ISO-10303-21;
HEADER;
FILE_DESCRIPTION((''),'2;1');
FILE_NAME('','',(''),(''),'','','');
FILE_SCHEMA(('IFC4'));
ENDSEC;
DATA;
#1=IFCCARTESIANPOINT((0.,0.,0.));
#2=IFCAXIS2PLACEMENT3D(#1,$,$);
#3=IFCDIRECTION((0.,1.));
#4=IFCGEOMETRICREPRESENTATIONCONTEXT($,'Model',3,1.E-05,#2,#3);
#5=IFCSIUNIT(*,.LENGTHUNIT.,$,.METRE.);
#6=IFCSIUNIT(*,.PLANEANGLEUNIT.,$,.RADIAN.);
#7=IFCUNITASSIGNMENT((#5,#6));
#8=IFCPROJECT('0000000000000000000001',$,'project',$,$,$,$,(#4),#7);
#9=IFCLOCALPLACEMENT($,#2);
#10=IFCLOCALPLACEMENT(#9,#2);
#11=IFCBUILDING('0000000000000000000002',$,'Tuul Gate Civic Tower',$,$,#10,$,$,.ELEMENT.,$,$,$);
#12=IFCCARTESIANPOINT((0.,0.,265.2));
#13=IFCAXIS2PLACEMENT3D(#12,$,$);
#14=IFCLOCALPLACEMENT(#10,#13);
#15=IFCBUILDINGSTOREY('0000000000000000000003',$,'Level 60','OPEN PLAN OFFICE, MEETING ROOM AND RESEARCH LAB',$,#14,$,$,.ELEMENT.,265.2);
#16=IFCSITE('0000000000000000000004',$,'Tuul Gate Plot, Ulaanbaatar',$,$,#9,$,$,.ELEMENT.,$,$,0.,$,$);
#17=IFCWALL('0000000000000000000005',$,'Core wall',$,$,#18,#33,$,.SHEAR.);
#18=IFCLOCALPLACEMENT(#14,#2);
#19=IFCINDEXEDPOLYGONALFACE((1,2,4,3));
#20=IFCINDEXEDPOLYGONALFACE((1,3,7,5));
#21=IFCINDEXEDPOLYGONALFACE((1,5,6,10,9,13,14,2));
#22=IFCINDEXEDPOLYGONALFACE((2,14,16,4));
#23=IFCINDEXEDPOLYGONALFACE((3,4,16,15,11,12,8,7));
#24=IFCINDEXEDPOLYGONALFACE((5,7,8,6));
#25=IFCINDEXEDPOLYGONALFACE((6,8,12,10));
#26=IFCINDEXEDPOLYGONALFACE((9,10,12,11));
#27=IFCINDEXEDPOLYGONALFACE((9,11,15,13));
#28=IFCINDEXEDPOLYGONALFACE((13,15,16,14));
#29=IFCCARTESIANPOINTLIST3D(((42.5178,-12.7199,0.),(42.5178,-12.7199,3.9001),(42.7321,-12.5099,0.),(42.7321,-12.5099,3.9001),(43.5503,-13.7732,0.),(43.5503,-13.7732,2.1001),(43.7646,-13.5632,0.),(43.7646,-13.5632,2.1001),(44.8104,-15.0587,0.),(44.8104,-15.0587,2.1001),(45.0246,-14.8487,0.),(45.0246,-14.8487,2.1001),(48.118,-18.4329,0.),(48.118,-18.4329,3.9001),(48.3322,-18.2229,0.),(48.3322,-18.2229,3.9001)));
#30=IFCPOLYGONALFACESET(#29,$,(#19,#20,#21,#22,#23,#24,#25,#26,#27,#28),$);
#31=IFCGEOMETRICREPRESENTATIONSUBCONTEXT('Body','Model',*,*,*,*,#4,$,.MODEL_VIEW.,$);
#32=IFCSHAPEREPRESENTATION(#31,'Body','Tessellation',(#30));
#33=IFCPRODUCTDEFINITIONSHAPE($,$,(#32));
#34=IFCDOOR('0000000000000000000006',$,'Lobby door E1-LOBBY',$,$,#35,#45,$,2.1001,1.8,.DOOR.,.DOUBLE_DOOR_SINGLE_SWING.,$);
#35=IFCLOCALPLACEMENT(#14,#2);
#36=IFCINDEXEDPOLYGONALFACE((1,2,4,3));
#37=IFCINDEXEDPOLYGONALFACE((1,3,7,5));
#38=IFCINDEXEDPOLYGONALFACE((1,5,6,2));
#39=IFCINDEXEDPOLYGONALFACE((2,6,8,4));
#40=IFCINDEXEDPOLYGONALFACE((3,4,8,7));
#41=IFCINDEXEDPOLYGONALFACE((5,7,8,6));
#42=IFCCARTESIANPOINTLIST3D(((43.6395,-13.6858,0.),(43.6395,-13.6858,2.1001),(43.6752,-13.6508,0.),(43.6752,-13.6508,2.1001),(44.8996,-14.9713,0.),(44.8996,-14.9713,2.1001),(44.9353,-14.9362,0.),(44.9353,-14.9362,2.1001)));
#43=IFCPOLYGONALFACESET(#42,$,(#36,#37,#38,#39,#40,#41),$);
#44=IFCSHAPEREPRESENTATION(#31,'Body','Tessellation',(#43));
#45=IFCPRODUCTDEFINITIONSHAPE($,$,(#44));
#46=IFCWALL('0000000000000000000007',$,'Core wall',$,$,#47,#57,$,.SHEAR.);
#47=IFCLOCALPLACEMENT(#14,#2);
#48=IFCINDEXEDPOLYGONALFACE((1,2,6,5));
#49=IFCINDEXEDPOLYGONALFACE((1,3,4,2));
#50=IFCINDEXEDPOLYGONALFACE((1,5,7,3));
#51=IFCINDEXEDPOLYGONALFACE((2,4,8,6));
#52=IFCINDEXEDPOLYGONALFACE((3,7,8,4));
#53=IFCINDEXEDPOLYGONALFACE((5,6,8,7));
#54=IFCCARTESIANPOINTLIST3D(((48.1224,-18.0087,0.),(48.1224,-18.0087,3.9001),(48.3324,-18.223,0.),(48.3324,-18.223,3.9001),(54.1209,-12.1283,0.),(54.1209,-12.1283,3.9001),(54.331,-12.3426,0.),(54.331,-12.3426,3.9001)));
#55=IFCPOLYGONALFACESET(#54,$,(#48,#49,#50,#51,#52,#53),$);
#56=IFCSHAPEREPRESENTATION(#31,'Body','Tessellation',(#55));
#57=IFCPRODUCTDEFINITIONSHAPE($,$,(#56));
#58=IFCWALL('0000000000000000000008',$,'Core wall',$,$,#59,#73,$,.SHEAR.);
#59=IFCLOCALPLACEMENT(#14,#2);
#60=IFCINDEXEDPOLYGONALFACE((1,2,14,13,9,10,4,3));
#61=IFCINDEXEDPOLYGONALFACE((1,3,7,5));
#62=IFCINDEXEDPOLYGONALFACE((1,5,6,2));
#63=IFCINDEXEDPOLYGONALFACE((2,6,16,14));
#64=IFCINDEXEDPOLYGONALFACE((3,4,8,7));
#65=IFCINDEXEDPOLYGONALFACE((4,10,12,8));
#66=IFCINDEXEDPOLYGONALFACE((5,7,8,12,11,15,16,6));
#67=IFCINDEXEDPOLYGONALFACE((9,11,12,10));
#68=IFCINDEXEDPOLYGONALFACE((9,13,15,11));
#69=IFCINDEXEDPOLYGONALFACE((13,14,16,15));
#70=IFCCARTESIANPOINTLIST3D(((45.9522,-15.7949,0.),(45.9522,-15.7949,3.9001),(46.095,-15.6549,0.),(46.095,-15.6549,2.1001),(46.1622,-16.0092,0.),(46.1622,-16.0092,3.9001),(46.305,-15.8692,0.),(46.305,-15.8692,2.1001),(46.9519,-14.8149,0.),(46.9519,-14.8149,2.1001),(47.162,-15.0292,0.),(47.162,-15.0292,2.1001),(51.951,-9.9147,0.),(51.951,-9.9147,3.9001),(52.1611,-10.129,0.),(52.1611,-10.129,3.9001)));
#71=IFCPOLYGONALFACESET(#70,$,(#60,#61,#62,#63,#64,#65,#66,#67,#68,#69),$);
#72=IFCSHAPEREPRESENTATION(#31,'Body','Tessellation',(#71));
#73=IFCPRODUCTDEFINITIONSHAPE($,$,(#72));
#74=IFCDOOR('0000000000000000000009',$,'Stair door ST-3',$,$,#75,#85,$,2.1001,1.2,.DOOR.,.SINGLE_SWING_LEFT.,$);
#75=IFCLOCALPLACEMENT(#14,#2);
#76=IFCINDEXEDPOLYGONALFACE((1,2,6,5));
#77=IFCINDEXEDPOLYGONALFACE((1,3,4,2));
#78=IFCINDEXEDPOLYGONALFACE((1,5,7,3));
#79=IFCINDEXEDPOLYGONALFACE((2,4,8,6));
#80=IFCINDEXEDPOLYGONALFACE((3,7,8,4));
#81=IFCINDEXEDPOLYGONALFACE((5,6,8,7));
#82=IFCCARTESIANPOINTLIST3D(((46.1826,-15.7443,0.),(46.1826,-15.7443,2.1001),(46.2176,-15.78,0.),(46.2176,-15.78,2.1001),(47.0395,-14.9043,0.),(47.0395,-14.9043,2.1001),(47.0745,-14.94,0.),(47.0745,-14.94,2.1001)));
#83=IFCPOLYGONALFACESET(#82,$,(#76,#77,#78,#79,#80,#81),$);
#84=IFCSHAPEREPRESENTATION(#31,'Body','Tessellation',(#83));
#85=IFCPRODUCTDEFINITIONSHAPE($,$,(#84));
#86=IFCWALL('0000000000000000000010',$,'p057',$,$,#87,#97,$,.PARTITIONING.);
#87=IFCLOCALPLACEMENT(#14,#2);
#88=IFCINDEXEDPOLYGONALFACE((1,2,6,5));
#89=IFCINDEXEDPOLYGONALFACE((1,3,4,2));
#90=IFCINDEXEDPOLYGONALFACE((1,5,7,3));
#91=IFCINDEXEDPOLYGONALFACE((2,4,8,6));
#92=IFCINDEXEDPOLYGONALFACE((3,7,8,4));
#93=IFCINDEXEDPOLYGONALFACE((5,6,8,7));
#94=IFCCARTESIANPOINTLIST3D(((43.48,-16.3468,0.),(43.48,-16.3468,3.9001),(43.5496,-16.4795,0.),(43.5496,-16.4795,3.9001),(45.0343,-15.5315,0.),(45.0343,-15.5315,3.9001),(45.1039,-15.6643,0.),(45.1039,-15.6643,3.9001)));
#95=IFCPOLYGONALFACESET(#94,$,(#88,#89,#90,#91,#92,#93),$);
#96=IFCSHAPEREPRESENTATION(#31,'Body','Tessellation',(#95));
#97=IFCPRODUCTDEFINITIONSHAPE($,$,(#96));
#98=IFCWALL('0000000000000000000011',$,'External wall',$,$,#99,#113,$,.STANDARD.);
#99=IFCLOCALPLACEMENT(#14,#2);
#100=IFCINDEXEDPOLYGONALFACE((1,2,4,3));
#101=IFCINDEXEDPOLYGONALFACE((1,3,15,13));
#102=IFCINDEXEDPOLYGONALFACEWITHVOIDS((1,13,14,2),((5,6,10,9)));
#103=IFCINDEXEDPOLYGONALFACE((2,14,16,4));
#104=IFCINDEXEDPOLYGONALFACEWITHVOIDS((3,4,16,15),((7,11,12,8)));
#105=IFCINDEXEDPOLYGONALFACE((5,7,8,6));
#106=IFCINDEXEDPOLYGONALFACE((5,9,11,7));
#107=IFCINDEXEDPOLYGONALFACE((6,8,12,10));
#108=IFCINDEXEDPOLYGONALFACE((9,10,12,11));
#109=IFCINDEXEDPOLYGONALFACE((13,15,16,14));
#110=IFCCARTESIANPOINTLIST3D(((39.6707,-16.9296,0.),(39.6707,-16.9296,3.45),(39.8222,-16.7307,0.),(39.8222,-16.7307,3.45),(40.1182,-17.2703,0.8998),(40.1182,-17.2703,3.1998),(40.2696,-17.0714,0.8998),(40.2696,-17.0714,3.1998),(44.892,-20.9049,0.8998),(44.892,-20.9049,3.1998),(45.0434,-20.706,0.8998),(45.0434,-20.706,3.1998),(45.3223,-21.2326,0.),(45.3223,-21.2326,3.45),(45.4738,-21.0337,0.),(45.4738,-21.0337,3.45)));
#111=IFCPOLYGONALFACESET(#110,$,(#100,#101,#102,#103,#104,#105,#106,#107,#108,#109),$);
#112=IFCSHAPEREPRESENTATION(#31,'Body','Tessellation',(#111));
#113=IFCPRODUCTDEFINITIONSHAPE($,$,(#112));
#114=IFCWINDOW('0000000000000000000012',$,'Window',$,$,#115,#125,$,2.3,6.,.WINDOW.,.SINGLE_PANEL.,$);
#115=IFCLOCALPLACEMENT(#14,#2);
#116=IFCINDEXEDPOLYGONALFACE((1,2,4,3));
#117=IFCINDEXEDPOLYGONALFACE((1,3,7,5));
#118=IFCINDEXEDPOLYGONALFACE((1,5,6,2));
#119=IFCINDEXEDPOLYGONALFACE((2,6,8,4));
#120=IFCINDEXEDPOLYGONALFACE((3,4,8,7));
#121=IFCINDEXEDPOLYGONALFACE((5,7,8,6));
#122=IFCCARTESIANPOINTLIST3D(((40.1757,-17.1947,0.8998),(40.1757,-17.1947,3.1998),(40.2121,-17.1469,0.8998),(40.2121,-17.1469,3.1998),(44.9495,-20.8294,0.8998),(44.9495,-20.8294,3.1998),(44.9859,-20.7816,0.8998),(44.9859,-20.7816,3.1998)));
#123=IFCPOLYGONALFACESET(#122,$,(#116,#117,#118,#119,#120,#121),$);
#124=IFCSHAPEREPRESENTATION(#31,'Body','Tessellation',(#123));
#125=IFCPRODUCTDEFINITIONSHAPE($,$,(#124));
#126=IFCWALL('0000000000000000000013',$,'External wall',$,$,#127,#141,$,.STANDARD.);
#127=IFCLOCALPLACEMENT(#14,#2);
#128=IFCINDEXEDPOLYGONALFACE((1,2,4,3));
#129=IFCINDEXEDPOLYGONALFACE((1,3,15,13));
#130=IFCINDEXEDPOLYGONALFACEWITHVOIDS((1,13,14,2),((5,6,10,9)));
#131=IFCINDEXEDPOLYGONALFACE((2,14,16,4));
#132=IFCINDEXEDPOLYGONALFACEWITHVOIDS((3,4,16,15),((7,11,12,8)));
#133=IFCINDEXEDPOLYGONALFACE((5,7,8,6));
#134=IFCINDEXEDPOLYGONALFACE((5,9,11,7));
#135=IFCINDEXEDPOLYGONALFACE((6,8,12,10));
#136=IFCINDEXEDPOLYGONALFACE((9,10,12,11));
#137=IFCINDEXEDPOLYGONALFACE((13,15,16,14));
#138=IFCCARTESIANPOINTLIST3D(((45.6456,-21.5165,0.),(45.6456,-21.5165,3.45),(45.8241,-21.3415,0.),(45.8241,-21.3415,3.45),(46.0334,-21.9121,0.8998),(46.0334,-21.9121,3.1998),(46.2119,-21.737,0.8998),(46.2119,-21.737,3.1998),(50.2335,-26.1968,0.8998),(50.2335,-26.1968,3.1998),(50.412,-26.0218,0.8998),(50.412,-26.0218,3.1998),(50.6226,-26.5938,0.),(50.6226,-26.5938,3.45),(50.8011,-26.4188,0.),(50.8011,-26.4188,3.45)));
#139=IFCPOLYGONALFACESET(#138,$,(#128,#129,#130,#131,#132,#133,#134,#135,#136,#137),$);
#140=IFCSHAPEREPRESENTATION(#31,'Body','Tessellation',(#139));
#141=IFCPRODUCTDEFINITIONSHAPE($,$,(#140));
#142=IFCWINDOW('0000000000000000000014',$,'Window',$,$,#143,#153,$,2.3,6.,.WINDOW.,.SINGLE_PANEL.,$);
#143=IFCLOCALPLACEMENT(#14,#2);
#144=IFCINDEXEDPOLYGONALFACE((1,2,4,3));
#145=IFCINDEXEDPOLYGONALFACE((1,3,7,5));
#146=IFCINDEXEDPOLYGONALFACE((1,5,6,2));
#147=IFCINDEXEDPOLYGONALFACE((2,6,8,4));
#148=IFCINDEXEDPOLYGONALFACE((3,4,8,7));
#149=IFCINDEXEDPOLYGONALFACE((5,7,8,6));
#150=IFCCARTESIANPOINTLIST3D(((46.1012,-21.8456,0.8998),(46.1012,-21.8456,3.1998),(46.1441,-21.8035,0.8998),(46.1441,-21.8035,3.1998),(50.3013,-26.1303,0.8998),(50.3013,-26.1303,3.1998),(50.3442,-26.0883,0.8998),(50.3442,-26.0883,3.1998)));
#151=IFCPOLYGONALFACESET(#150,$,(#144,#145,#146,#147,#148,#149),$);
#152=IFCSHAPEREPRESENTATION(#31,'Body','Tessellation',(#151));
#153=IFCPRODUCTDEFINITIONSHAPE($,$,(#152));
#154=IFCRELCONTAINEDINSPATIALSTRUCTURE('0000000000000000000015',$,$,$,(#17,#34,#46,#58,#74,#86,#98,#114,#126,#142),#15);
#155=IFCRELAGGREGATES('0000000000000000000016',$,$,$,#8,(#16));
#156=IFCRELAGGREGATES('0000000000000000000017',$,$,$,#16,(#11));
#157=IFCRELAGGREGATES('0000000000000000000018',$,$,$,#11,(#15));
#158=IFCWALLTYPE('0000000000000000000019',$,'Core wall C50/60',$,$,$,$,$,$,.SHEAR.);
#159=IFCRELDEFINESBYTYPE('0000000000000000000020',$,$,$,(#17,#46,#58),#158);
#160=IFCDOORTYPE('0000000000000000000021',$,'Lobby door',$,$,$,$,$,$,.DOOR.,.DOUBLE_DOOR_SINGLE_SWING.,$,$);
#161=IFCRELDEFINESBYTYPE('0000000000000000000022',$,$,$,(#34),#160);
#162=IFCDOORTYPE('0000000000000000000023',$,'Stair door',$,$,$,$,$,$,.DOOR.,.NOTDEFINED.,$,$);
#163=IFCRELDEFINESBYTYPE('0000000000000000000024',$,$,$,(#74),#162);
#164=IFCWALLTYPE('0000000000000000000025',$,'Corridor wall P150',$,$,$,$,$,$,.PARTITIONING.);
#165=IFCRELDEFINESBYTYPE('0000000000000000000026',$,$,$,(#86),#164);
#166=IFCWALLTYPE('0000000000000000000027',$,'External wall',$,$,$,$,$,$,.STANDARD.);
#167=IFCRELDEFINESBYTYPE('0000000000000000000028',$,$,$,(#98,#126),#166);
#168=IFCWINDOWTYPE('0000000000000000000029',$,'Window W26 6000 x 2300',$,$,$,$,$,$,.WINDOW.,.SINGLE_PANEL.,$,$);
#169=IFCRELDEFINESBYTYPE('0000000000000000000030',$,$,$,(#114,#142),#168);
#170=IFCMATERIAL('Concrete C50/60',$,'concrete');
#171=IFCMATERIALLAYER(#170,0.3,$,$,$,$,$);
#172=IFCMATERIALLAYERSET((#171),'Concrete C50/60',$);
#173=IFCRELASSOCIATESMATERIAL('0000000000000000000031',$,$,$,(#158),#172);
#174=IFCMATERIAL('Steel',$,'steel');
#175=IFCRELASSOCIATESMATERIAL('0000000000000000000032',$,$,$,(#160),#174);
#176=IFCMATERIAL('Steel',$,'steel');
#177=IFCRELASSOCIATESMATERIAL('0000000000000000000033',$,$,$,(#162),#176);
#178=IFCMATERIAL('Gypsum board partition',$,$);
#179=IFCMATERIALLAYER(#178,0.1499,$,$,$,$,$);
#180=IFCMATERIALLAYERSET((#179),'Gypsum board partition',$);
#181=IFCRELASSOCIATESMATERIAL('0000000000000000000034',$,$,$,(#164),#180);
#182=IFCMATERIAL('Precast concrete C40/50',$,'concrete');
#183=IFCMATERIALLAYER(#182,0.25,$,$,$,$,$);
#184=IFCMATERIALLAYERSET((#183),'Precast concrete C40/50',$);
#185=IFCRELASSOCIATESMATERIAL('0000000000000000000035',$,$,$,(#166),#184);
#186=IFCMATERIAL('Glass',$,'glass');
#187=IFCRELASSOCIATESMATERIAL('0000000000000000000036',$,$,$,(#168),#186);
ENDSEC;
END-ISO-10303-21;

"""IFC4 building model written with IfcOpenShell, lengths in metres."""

from ifc_helpers import new_model, si_unit, direction, frame, frame_2d, origin, place, context, subcontext, project, spatial, rectangle, extrude, material, layer, layer_set, type_object, element, fill, save


model = new_model("IFC4")

# Units and contexts
model_context = context("Model", 3, precision=1e-05, world=origin(), true_north=direction((0.0, 1.0)))
body_context = subcontext(model_context, "Body", "Model", "MODEL_VIEW")
ifc_project = project(units=[si_unit("LENGTHUNIT", "METRE"), si_unit("PLANEANGLEUNIT", "RADIAN")], contexts=[model_context])

# Site, building, storey
site_placement = place(None, origin())
site = spatial("IfcSite", under=ifc_project, at=site_placement, Name="Tuul Gate Plot, Ulaanbaatar", CompositionType="ELEMENT", RefElevation=0.0)
building_placement = place(site_placement, origin())
building = spatial("IfcBuilding", under=site, at=building_placement, Name="Tuul Gate Civic Tower", CompositionType="ELEMENT")
storey_placement = place(building_placement, frame((0.0, 0.0, 265.2)))
storey = spatial("IfcBuildingStorey", under=building, at=storey_placement, Name="Level 60", Description="OPEN PLAN OFFICE, MEETING ROOM AND RESEARCH LAB", CompositionType="ELEMENT", Elevation=265.2)

# Wall, opening, door
ifc_material_1 = material(Name="Concrete C50/60", Category="concrete")
ifc_layer_1 = layer(ifc_material_1, 0.3)
ifc_layer_set_1 = layer_set([ifc_layer_1], Name="Concrete C50/60")
wall_type_1 = type_object("IfcWallType", Name="Core wall C50/60", PredefinedType="SHEAR", material=ifc_layer_set_1)
wall_1_placement = place(storey_placement, frame((48.2251, -18.3279, 0.0), z_axis=(0.0, 0.0, 1.0), x_axis=(-0.700022, 0.714121, 0.0)))
wall_1 = element("IfcWall", 1, at=wall_1_placement, inside=storey, type_object=wall_type_1, Name="Core wall", PredefinedType="SHEAR", context=body_context, shape_type="SweptSolid", body=[
    extrude(rectangle(XDim=8.0, YDim=0.3, at=frame_2d((4.0, 0.0))), origin(), (0.0, 0.0, 1.0), 3.9001),
])
opening_1_placement = place(wall_1_placement, frame((4.7251, 0.0, 0.0)))
opening_1 = element("IfcOpeningElement", 2, at=opening_1_placement, cuts=wall_1, PredefinedType="OPENING", context=body_context, shape_type="SweptSolid", body=[
    extrude(rectangle(XDim=1.8, YDim=2.1001, at=frame_2d((0.8999, 1.05))), frame((0.0, 0.1602, 0.0), z_axis=(0.0, -1.0, 0.0), x_axis=(1.0, 0.0, 0.0)), (0.0, 0.0, 1.0), 0.3201),
])
ifc_material_2 = material(Name="Steel", Category="steel")
door_type_1 = type_object("IfcDoorType", Name="Lobby door", OperationType="DOUBLE_DOOR_SINGLE_SWING", PredefinedType="DOOR", material=ifc_material_2)
door_1_placement = place(opening_1_placement, frame((1.8, 0.0, 0.0), z_axis=(0.0, 0.0, 1.0), x_axis=(-1.0, 0.0, 0.0)))
door_1 = element("IfcDoor", 3, at=door_1_placement, inside=storey, type_object=door_type_1, Name="Lobby door E1-LOBBY", OperationType="DOUBLE_DOOR_SINGLE_SWING", OverallHeight=2.1001, OverallWidth=1.8, PredefinedType="DOOR", context=body_context, shape_type="SweptSolid", body=[
    extrude(rectangle(XDim=1.8, YDim=2.1001, at=frame_2d((0.9001, 1.05))), frame((0.0, 0.0249, 0.0), z_axis=(0.0, -1.0, 0.0), x_axis=(1.0, 0.0, 0.0)), (0.0, 0.0, 1.0), 0.05),
])
fill(opening_1, door_1)

# Wall
wall_2_placement = place(storey_placement, frame((48.2273, -18.116, 0.0), z_axis=(0.0, 0.0, 1.0), x_axis=(0.714105, 0.700038, 0.0)))
element("IfcWall", 4, at=wall_2_placement, inside=storey, type_object=wall_type_1, Name="Core wall", PredefinedType="SHEAR", context=body_context, shape_type="SweptSolid", body=[
    extrude(rectangle(XDim=8.4001, YDim=0.3, at=frame_2d((4.2002, 0.0))), origin(), (0.0, 0.0, 1.0), 3.9001),
])

# Wall, opening, door
wall_3_placement = place(storey_placement, frame((46.0571, -15.9021, 0.0), z_axis=(0.0, 0.0, 1.0), x_axis=(0.714134, 0.700009, 0.0)))
wall_3 = element("IfcWall", 5, at=wall_3_placement, inside=storey, type_object=wall_type_1, Name="Core wall", PredefinedType="SHEAR", context=body_context, shape_type="SweptSolid", body=[
    extrude(rectangle(XDim=8.4001, YDim=0.3, at=frame_2d((4.2002, 0.0))), origin(), (0.0, 0.0, 1.0), 3.9001),
])
opening_2_placement = place(wall_3_placement, frame((0.2, 0.0, 0.0)))
opening_2 = element("IfcOpeningElement", 6, at=opening_2_placement, cuts=wall_3, PredefinedType="OPENING", context=body_context, shape_type="SweptSolid", body=[
    extrude(rectangle(XDim=1.2, YDim=2.1001, at=frame_2d((0.6001, 1.05))), frame((0.0, 0.1602, 0.0), z_axis=(0.0, -1.0, 0.0), x_axis=(1.0, 0.0, 0.0)), (0.0, 0.0, 1.0), 0.3201),
])
ifc_material_3 = material(Name="Steel", Category="steel")
door_type_2 = type_object("IfcDoorType", Name="Stair door", OperationType="NOTDEFINED", PredefinedType="DOOR", material=ifc_material_3)
door_2_placement = place(opening_2_placement, origin())
door_2 = element("IfcDoor", 7, at=door_2_placement, inside=storey, type_object=door_type_2, Name="Stair door ST-3", OperationType="SINGLE_SWING_LEFT", OverallHeight=2.1001, OverallWidth=1.2, PredefinedType="DOOR", context=body_context, shape_type="SweptSolid", body=[
    extrude(rectangle(XDim=1.2, YDim=2.1001, at=frame_2d((0.6001, 1.05))), frame((0.0, 0.0249, 0.0), z_axis=(0.0, -1.0, 0.0), x_axis=(1.0, 0.0, 0.0)), (0.0, 0.0, 1.0), 0.05),
])
fill(opening_2, door_2)

# Wall
ifc_material_4 = material(Name="Gypsum board partition")
ifc_layer_2 = layer(ifc_material_4, 0.1499)
ifc_layer_set_2 = layer_set([ifc_layer_2], Name="Gypsum board partition")
wall_type_2 = type_object("IfcWallType", Name="Corridor wall P150", PredefinedType="PARTITIONING", material=ifc_layer_set_2)
wall_4_placement = place(storey_placement, frame((43.5149, -16.4131, 0.0), z_axis=(0.0, 0.0, 1.0), x_axis=(0.885578, 0.46449, 0.0)))
element("IfcWall", 8, at=wall_4_placement, inside=storey, type_object=wall_type_2, Name="p057", PredefinedType="PARTITIONING", context=body_context, shape_type="SweptSolid", body=[
    extrude(rectangle(XDim=1.7551, YDim=0.1499, at=frame_2d((0.8774, 0.0))), origin(), (0.0, 0.0, 1.0), 3.9001),
])

# Walls, openings, windows
ifc_material_5 = material(Name="Precast concrete C40/50", Category="concrete")
ifc_layer_3 = layer(ifc_material_5, 0.25)
ifc_layer_set_3 = layer_set([ifc_layer_3], Name="Precast concrete C40/50")
wall_type_3 = type_object("IfcWallType", Name="External wall", PredefinedType="STANDARD", material=ifc_layer_set_3)
wall_5_placement = place(storey_placement, frame((39.7463, -16.8301, 0.0), z_axis=(0.0, 0.0, 1.0), x_axis=(0.795636, -0.605775, 0.0)))
wall_5 = element("IfcWall", 9, at=wall_5_placement, inside=storey, type_object=wall_type_3, Name="External wall", PredefinedType="STANDARD", context=body_context, shape_type="SweptSolid", body=[
    extrude(rectangle(XDim=7.1033, YDim=0.25, at=frame_2d((3.5518, 0.0))), origin(), (0.0, 0.0, 1.0), 3.45),
])
opening_3_placement = place(wall_5_placement, frame((0.5625, 0.0, 0.8999)))
opening_3 = element("IfcOpeningElement", 10, at=opening_3_placement, cuts=wall_5, PredefinedType="OPENING", context=body_context, shape_type="SweptSolid", body=[
    extrude(rectangle(XDim=6.0, YDim=2.3, at=frame_2d((3.0, 1.1499))), frame((0.0, 0.135, 0.0), z_axis=(0.0, -1.0, 0.0), x_axis=(1.0, 0.0, 0.0)), (0.0, 0.0, 1.0), 0.27),
])
ifc_material_6 = material(Name="Glass", Category="glass")
window_type_1 = type_object("IfcWindowType", Name="Window W26 6000 x 2300", PartitioningType="SINGLE_PANEL", PredefinedType="WINDOW", material=ifc_material_6)
window_1_placement = place(opening_3_placement, origin())
window_1 = element("IfcWindow", 11, at=window_1_placement, inside=storey, type_object=window_type_1, Name="Window", OverallHeight=2.3, OverallWidth=6.0, PartitioningType="SINGLE_PANEL", PredefinedType="WINDOW", context=body_context, shape_type="SweptSolid", body=[
    extrude(rectangle(XDim=6.0, YDim=2.3, at=frame_2d((3.0, 1.1499))), frame((0.0, 0.03, 0.0), z_axis=(0.0, -1.0, 0.0), x_axis=(1.0, 0.0, 0.0)), (0.0, 0.0, 1.0), 0.0601),
])
fill(opening_3, window_1)
wall_6_placement = place(storey_placement, frame((45.7349, -21.429, 0.0), z_axis=(0.0, 0.0, 1.0), x_axis=(0.700015, -0.714128, 0.0)))
wall_6 = element("IfcWall", 12, at=wall_6_placement, inside=storey, type_object=wall_type_3, Name="External wall", PredefinedType="STANDARD", context=body_context, shape_type="SweptSolid", body=[
    extrude(rectangle(XDim=7.1099, YDim=0.25, at=frame_2d((3.5549, 0.0))), origin(), (0.0, 0.0, 1.0), 3.45),
])
opening_4_placement = place(wall_6_placement, frame((0.554, 0.0, 0.8999)))
opening_4 = element("IfcOpeningElement", 13, at=opening_4_placement, cuts=wall_6, PredefinedType="OPENING", context=body_context, shape_type="SweptSolid", body=[
    extrude(rectangle(XDim=6.0, YDim=2.3, at=frame_2d((3.0, 1.1499))), frame((0.0, 0.135, 0.0), z_axis=(0.0, -1.0, 0.0), x_axis=(1.0, 0.0, 0.0)), (0.0, 0.0, 1.0), 0.27),
])
window_2_placement = place(opening_4_placement, origin())
window_2 = element("IfcWindow", 14, at=window_2_placement, inside=storey, type_object=window_type_1, Name="Window", OverallHeight=2.3, OverallWidth=6.0, PartitioningType="SINGLE_PANEL", PredefinedType="WINDOW", context=body_context, shape_type="SweptSolid", body=[
    extrude(rectangle(XDim=6.0, YDim=2.3, at=frame_2d((3.0, 1.1499))), frame((0.0, 0.03, 0.0), z_axis=(0.0, -1.0, 0.0), x_axis=(1.0, 0.0, 0.0)), (0.0, 0.0, 1.0), 0.0601),
])
fill(opening_4, window_2)

save(model, "model.ifc")
